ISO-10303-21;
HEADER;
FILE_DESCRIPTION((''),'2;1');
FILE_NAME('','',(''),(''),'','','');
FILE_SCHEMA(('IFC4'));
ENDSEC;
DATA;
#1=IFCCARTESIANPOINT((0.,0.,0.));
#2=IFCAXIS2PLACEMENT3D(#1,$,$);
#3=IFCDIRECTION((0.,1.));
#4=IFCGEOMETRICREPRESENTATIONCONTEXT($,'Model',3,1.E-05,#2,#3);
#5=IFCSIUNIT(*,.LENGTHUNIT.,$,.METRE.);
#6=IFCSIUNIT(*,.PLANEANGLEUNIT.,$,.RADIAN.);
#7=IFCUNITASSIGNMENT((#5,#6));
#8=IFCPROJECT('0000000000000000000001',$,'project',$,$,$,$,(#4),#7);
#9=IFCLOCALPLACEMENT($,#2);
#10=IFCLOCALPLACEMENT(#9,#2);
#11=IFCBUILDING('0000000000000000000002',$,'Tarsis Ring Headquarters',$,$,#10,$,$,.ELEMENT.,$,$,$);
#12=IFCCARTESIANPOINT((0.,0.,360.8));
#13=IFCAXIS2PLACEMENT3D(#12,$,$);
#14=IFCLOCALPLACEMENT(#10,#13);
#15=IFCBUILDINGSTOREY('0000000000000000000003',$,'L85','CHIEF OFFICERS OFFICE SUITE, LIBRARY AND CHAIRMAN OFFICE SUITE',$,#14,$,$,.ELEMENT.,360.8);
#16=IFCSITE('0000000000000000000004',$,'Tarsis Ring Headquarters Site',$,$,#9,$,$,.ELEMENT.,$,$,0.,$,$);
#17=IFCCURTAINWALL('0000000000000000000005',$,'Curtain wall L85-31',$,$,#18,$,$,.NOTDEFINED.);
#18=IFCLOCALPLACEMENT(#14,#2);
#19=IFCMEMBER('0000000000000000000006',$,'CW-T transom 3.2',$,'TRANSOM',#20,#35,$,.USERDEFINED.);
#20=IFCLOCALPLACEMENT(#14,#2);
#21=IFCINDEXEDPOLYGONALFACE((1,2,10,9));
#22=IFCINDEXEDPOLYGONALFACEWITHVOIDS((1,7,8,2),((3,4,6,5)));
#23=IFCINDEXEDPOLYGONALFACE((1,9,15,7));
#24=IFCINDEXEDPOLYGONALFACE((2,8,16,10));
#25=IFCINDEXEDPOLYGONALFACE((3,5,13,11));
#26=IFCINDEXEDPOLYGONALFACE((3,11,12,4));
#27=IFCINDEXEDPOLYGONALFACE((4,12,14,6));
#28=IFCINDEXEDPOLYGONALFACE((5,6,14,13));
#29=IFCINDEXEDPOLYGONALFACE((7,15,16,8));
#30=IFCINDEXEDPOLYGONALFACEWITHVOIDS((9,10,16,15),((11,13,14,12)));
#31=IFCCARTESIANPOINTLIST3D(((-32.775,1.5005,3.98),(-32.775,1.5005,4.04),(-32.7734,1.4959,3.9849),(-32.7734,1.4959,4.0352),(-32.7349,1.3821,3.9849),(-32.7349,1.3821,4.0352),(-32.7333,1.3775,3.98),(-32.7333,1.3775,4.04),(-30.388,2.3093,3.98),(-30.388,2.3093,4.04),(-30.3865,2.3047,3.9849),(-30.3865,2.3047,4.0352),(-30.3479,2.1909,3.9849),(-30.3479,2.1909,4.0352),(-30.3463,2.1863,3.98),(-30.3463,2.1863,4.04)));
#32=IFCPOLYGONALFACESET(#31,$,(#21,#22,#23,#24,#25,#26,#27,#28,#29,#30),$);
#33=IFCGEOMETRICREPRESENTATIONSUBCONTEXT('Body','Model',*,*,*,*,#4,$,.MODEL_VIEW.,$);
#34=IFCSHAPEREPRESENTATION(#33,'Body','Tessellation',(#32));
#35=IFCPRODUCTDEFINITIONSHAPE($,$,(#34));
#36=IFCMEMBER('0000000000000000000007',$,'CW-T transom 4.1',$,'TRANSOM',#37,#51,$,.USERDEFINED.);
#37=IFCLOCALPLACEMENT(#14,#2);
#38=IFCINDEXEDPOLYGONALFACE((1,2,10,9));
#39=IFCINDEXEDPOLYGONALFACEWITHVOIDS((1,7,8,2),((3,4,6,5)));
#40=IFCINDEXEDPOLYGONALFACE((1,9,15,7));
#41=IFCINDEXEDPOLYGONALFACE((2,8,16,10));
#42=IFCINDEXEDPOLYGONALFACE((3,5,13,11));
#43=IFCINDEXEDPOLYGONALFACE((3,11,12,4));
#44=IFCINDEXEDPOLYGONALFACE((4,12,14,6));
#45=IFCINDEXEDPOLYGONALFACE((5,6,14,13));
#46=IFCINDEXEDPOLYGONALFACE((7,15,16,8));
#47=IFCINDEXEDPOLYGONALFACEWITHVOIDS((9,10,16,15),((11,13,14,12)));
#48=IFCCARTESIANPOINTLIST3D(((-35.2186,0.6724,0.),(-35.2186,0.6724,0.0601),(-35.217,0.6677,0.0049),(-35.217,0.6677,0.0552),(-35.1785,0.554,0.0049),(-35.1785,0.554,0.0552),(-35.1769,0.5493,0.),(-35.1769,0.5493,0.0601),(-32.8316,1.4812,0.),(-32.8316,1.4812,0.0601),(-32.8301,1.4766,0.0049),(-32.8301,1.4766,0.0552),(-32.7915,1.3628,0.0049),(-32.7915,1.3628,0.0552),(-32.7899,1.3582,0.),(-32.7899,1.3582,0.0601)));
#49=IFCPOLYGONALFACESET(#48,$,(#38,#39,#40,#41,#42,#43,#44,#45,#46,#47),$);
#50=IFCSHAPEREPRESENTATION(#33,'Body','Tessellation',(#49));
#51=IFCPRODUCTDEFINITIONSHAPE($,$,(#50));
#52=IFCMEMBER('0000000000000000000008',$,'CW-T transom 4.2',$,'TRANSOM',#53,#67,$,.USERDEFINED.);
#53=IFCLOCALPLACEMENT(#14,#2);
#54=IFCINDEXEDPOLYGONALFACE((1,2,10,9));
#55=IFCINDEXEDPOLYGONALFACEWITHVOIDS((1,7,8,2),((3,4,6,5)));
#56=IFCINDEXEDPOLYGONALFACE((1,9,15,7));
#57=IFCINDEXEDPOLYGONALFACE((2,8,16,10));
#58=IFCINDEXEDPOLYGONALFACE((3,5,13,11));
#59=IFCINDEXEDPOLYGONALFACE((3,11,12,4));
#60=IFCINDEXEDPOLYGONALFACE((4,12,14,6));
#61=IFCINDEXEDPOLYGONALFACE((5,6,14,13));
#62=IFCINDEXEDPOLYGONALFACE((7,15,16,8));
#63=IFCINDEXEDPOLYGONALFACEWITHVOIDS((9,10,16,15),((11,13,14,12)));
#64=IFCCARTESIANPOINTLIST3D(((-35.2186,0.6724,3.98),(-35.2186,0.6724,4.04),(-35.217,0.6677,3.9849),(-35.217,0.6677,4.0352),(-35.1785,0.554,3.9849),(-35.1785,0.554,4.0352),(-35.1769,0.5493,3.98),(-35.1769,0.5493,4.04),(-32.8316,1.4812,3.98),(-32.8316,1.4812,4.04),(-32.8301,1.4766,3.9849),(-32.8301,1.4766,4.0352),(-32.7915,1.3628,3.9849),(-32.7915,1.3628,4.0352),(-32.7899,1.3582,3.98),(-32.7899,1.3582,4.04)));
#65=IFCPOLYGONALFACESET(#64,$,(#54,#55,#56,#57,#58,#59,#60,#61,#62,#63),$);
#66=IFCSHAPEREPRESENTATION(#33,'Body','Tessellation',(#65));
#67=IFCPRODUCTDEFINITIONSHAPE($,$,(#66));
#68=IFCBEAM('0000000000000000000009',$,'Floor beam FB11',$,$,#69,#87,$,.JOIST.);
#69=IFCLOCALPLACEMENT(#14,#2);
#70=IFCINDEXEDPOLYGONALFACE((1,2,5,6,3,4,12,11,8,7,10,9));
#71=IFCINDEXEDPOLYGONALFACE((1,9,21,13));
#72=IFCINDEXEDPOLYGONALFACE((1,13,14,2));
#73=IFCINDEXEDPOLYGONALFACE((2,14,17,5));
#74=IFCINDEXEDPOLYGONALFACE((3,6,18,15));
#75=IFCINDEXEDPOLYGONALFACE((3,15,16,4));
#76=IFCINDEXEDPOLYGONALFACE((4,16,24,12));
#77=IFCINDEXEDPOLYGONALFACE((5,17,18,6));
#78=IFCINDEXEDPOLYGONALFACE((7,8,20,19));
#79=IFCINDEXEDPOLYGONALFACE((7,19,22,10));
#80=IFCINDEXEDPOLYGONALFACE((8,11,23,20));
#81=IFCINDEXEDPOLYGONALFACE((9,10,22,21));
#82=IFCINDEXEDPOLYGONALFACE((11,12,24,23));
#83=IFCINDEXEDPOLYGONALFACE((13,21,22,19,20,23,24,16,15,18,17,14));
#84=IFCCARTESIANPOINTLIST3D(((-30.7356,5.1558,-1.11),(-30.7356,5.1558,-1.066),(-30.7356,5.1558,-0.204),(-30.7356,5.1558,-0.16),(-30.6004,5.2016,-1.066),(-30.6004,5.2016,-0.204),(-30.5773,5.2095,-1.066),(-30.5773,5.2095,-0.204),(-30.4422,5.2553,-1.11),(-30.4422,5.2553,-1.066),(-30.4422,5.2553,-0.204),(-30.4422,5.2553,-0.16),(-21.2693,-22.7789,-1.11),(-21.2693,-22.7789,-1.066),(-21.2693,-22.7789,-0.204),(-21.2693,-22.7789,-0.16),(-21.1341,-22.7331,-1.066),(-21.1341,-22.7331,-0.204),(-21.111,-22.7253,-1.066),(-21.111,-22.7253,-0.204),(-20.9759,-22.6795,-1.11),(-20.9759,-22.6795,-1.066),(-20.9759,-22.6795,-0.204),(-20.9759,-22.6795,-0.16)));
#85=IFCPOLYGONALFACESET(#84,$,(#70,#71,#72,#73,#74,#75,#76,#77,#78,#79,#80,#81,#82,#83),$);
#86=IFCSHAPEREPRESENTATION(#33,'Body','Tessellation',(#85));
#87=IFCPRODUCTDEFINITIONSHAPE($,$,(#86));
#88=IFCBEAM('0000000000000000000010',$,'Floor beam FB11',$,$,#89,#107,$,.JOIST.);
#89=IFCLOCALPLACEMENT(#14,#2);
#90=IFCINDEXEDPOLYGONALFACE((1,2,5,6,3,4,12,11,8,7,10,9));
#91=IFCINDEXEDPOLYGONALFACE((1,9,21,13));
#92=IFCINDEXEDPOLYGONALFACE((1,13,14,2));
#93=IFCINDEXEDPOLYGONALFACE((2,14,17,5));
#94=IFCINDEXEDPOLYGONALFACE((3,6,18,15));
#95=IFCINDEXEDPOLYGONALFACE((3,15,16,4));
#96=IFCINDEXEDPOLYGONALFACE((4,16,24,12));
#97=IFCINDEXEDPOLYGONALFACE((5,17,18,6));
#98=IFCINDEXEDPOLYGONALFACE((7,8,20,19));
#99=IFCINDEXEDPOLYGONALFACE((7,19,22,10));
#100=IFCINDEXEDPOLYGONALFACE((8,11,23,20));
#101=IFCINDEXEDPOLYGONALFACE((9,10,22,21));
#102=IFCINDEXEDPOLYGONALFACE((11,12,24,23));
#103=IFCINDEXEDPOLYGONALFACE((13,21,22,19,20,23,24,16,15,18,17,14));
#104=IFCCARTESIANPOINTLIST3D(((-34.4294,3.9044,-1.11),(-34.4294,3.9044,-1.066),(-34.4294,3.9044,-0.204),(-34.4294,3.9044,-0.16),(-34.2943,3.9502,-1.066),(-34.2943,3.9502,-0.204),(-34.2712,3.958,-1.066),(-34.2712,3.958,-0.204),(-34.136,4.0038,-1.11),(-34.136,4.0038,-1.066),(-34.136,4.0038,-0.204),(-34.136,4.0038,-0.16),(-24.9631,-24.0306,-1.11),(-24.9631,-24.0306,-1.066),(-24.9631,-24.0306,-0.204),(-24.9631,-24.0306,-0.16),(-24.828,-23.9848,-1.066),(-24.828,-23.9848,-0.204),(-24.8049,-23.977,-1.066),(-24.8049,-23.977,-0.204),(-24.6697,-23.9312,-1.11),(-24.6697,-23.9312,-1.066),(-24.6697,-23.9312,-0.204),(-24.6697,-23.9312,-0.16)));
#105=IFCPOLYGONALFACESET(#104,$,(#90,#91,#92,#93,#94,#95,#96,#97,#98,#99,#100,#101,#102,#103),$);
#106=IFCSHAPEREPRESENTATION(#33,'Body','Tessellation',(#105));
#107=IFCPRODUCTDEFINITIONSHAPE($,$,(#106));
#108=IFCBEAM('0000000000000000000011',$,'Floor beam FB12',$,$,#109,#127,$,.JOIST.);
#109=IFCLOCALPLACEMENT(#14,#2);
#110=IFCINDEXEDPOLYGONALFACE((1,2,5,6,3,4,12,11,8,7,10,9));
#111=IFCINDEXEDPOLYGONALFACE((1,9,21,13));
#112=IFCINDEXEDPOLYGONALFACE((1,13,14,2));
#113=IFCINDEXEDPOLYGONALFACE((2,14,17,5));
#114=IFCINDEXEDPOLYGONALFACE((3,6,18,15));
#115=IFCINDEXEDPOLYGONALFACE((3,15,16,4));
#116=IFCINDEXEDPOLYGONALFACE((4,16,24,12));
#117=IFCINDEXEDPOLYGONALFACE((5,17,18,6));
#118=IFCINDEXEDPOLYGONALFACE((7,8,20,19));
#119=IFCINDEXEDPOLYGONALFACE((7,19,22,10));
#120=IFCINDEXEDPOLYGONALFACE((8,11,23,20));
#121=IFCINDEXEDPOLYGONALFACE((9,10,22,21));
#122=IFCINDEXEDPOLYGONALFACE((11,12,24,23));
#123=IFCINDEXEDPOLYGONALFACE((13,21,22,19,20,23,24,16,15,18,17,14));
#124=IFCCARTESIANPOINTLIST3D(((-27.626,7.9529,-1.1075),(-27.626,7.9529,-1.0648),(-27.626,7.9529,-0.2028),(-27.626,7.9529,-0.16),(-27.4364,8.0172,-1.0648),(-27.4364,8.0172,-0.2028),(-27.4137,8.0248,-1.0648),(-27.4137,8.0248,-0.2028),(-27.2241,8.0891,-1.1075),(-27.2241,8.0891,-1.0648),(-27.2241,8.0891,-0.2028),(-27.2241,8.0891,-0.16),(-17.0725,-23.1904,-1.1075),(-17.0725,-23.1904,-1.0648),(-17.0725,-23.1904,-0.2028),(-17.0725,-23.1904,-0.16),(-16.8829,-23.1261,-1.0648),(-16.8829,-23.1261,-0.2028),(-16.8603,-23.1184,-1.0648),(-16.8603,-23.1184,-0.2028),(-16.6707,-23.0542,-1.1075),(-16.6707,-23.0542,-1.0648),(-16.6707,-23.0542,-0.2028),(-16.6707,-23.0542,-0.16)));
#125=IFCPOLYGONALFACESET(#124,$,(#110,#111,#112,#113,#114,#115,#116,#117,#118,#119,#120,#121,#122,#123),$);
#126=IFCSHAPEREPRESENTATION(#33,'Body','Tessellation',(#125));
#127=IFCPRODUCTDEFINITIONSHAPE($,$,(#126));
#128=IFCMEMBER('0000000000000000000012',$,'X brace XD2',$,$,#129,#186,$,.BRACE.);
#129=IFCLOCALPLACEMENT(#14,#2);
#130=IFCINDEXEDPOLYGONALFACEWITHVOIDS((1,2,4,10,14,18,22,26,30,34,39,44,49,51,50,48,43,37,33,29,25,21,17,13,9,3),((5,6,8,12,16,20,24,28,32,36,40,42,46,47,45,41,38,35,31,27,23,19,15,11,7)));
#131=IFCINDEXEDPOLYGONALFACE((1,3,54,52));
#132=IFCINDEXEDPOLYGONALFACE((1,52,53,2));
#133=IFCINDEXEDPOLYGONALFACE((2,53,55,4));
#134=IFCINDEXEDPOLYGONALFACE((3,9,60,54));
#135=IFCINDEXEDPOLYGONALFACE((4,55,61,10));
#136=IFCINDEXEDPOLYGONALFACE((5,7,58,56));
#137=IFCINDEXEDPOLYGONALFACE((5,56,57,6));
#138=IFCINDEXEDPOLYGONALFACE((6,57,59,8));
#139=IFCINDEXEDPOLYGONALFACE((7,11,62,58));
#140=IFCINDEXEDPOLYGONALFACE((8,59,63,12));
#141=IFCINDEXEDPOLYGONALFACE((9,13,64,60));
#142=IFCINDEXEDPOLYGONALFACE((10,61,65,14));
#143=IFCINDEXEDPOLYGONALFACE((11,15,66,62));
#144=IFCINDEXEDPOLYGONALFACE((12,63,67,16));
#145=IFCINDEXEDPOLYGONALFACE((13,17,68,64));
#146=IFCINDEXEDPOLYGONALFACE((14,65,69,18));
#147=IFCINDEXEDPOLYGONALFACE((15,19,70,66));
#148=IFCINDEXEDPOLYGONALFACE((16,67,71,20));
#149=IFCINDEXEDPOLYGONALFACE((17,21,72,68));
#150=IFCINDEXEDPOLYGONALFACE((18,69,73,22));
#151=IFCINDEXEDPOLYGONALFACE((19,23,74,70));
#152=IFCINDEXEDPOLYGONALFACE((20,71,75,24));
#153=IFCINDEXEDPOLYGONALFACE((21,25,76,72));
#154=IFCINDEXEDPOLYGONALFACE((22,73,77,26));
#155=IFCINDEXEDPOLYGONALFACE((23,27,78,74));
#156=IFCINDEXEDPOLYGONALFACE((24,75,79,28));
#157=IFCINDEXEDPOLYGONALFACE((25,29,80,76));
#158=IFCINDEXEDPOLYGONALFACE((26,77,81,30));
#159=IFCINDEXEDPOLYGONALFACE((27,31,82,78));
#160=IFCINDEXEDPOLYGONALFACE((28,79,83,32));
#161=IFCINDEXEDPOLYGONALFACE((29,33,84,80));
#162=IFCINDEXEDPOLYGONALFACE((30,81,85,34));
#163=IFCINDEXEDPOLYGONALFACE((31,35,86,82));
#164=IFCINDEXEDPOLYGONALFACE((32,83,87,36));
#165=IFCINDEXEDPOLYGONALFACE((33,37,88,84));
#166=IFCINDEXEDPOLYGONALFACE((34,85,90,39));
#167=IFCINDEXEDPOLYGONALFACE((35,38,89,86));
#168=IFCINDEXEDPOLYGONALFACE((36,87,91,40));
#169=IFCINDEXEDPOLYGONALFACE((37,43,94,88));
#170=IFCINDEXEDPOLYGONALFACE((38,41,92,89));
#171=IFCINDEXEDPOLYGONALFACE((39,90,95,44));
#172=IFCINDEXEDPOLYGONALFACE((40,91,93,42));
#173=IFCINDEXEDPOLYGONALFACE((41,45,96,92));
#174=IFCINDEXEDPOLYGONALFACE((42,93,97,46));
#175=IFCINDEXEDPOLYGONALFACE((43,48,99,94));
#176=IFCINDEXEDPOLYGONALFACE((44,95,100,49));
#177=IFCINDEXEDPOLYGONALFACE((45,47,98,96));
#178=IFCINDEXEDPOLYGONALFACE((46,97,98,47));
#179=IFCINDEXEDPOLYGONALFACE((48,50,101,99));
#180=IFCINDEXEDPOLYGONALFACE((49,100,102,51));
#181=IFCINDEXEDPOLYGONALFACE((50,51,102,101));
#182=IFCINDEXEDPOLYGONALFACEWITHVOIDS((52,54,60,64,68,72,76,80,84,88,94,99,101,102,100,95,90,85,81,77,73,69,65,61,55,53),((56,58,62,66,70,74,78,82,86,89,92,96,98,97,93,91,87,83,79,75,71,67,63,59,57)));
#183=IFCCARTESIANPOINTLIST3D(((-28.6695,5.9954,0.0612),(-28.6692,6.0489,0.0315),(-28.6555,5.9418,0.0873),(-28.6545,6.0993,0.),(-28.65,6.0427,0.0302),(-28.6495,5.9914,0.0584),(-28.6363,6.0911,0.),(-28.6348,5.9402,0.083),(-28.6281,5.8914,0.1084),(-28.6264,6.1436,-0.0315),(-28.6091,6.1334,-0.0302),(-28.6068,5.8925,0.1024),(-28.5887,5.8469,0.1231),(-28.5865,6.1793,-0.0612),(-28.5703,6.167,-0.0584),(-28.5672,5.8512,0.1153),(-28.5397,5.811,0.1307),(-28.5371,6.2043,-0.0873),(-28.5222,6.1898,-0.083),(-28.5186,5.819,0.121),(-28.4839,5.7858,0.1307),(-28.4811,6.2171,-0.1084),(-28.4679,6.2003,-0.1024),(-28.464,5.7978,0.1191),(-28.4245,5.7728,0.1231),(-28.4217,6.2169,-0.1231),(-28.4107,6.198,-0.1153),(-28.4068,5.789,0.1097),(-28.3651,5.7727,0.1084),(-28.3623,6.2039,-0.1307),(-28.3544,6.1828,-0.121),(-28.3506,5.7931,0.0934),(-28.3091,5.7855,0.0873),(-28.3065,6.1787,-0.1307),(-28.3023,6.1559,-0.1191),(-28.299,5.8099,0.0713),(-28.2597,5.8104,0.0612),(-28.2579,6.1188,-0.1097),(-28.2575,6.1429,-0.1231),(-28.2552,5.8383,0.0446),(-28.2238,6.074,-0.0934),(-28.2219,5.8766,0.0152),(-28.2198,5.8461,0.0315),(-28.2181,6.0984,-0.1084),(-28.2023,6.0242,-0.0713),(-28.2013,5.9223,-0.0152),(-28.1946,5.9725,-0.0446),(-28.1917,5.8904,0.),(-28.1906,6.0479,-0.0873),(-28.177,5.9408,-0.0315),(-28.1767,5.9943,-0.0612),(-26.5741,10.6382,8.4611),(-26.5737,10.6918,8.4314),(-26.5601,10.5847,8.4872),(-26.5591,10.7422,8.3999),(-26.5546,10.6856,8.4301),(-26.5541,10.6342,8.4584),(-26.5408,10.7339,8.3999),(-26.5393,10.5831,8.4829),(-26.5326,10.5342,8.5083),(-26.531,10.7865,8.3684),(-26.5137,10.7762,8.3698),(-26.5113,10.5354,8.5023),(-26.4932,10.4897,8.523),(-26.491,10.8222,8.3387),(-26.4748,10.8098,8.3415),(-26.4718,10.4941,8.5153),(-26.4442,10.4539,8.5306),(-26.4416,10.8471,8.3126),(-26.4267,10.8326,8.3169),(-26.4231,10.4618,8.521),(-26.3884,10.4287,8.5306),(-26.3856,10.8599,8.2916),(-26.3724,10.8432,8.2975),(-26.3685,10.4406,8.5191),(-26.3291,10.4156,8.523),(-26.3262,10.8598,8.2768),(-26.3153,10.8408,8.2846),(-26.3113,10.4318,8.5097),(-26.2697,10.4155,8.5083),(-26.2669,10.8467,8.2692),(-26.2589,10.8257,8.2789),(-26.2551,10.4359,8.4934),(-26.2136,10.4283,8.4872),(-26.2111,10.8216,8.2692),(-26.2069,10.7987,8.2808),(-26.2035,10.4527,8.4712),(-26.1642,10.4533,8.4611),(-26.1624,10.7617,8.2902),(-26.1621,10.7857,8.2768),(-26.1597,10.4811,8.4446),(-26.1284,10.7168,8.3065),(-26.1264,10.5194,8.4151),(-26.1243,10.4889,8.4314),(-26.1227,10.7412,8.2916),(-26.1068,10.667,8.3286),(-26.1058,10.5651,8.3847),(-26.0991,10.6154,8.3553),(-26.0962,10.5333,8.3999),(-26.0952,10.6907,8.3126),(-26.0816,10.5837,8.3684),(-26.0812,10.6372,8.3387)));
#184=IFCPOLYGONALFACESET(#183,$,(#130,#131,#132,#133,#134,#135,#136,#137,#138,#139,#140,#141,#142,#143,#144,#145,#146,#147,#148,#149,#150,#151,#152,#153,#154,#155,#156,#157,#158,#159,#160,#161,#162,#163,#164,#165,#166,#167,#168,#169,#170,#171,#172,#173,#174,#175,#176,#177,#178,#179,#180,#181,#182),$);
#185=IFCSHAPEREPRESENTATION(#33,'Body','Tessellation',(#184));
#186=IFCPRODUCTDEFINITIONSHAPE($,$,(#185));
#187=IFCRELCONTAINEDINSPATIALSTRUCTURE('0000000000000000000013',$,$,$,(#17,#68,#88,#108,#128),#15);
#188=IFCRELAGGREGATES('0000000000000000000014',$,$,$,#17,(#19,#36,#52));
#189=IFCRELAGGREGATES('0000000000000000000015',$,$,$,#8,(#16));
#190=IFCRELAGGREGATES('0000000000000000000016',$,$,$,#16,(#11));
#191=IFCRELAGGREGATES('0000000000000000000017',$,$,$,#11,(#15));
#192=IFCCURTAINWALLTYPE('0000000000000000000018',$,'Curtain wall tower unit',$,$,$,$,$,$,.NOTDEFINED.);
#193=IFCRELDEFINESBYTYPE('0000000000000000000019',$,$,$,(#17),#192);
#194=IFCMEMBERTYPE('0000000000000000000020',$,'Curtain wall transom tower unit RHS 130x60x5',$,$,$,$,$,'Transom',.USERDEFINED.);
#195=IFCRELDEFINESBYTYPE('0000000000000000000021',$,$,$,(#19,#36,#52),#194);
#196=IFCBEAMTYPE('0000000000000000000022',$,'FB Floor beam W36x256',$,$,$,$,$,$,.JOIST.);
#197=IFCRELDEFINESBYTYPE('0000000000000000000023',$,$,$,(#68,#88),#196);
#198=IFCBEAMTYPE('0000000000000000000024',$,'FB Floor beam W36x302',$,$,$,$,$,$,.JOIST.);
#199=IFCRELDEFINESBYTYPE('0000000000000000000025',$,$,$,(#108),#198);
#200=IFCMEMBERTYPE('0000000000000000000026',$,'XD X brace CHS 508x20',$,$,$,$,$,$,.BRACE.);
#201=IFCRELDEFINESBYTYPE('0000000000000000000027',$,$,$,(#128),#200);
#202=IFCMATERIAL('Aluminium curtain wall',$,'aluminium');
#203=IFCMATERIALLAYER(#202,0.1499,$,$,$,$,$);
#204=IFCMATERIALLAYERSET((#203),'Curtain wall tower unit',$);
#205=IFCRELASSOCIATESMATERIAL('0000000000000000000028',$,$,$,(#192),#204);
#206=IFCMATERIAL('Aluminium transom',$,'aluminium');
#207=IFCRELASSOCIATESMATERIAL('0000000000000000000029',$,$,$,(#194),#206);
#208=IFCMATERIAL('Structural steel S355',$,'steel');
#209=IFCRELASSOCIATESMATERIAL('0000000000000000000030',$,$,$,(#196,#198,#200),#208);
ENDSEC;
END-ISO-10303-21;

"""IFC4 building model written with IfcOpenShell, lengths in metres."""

from ifc_helpers import new_model, si_unit, direction, frame, origin, origin_2d, place, context, subcontext, project, spatial, hollow_rectangle, hollow_circle, i_section, extrude, material, layer, layer_set, material_profile, profile_set, type_object, element, aggregate, save


model = new_model("IFC4")

# Units and contexts
model_context = context("Model", 3, precision=1e-05, world=origin(), true_north=direction((0.0, 1.0)))
body_context = subcontext(model_context, "Body", "Model", "MODEL_VIEW")
ifc_project = project(units=[si_unit("LENGTHUNIT", "METRE"), si_unit("PLANEANGLEUNIT", "RADIAN")], contexts=[model_context])

# Site, building, storey
site_placement = place(None, origin())
site = spatial("IfcSite", under=ifc_project, at=site_placement, Name="Tarsis Ring Headquarters Site", CompositionType="ELEMENT", RefElevation=0.0)
building_placement = place(site_placement, origin())
building = spatial("IfcBuilding", under=site, at=building_placement, Name="Tarsis Ring Headquarters", CompositionType="ELEMENT")
storey_placement = place(building_placement, frame((0.0, 0.0, 360.8)))
storey = spatial("IfcBuildingStorey", under=building, at=storey_placement, Name="L85", Description="CHIEF OFFICERS OFFICE SUITE, LIBRARY AND CHAIRMAN OFFICE SUITE", CompositionType="ELEMENT", Elevation=360.8)

# Shared definitions
ifc_material_1 = material(Name="Structural steel S355", Category="steel")

# Curtain wall, members
ifc_material_2 = material(Name="Aluminium curtain wall", Category="aluminium")
ifc_layer_1 = layer(ifc_material_2, 0.1499)
ifc_layer_set_1 = layer_set([ifc_layer_1], Name="Curtain wall tower unit")
curtain_wall_type = type_object("IfcCurtainWallType", Name="Curtain wall tower unit", PredefinedType="NOTDEFINED", material=ifc_layer_set_1)
curtain_wall_placement = place(storey_placement, origin())
curtain_wall = element("IfcCurtainWall", 1, at=curtain_wall_placement, inside=storey, type_object=curtain_wall_type, Name="Curtain wall L85-31", PredefinedType="NOTDEFINED")
ifc_material_3 = material(Name="Aluminium transom", Category="aluminium")
ifc_material_profile_1 = material_profile(ifc_material_3, hollow_rectangle(XDim=0.1299, YDim=0.0601, WallThickness=0.0049, at=origin_2d()), Name="RHS 130x60x5")
ifc_profile_set_1 = profile_set([ifc_material_profile_1], Name="Aluminium transom")
member_type_1 = type_object("IfcMemberType", Name="Curtain wall transom tower unit RHS 130x60x5", ElementType="Transom", PredefinedType="USERDEFINED", material=ifc_profile_set_1)
member_1_placement = place(storey_placement, frame((-30.3672, 2.2478, 4.01), z_axis=(-0.947102, -0.320932, 0.0), x_axis=(0.320932, -0.947102, 0.0)))
member_1 = element("IfcMember", 2, at=member_1_placement, type_object=member_type_1, Name="CW-T transom 3.2", ObjectType="TRANSOM", PredefinedType="USERDEFINED", context=body_context, shape_type="SweptSolid", body=[
    extrude(hollow_rectangle(XDim=0.1299, YDim=0.0601, WallThickness=0.0049, at=origin_2d()), origin(), (0.0, 0.0, 1.0), 2.5203),
])
member_2_placement = place(storey_placement, frame((-32.8108, 1.4197, 0.03), z_axis=(-0.947102, -0.320932, 0.0), x_axis=(0.320932, -0.947102, 0.0)))
member_2 = element("IfcMember", 3, at=member_2_placement, type_object=member_type_1, Name="CW-T transom 4.1", ObjectType="TRANSOM", PredefinedType="USERDEFINED", context=body_context, shape_type="SweptSolid", body=[
    extrude(hollow_rectangle(XDim=0.1299, YDim=0.0601, WallThickness=0.0049, at=origin_2d()), origin(), (0.0, 0.0, 1.0), 2.5203),
])
member_3_placement = place(storey_placement, frame((-32.8108, 1.4197, 4.01), z_axis=(-0.947102, -0.320932, 0.0), x_axis=(0.320932, -0.947102, 0.0)))
member_3 = element("IfcMember", 4, at=member_3_placement, type_object=member_type_1, Name="CW-T transom 4.2", ObjectType="TRANSOM", PredefinedType="USERDEFINED", context=body_context, shape_type="SweptSolid", body=[
    extrude(hollow_rectangle(XDim=0.1299, YDim=0.0601, WallThickness=0.0049, at=origin_2d()), origin(), (0.0, 0.0, 1.0), 2.5203),
])

# Beams
ifc_material_profile_2 = material_profile(ifc_material_1, i_section(OverallWidth=0.3098, OverallDepth=0.95, WebThickness=0.0244, FlangeThickness=0.0439, at=origin_2d()), Name="W36x256")
ifc_profile_set_2 = profile_set([ifc_material_profile_2], Name="Structural steel S355")
beam_type_1 = type_object("IfcBeamType", Name="FB Floor beam W36x256", PredefinedType="JOIST", material=ifc_profile_set_2)
beam_1_placement = place(storey_placement, frame((-30.5889, 5.2056, -0.635), z_axis=(0.320944, -0.947098, 0.0), x_axis=(0.947098, 0.320944, 0.0)))
element("IfcBeam", 5, at=beam_1_placement, inside=storey, type_object=beam_type_1, Name="Floor beam FB11", PredefinedType="JOIST", context=body_context, shape_type="SweptSolid", body=[
    extrude(i_section(OverallWidth=0.3098, OverallDepth=0.95, WebThickness=0.0244, FlangeThickness=0.0439, at=origin_2d()), origin(), (0.0, 0.0, 1.0), 29.4951),
])
beam_2_placement = place(storey_placement, frame((-34.2827, 3.9541, -0.635), z_axis=(0.320942, -0.947099, 0.0), x_axis=(0.947099, 0.320942, 0.0)))
element("IfcBeam", 6, at=beam_2_placement, inside=storey, type_object=beam_type_1, Name="Floor beam FB11", PredefinedType="JOIST", context=body_context, shape_type="SweptSolid", body=[
    extrude(i_section(OverallWidth=0.3098, OverallDepth=0.95, WebThickness=0.0244, FlangeThickness=0.0439, at=origin_2d()), origin(), (0.0, 0.0, 1.0), 29.4954),
])
ifc_material_profile_3 = material_profile(ifc_material_1, i_section(OverallWidth=0.4243, OverallDepth=0.9475, WebThickness=0.0239, FlangeThickness=0.0427, at=origin_2d()), Name="W36x302")
ifc_profile_set_3 = profile_set([ifc_material_profile_3], Name="Structural steel S355")
beam_type_2 = type_object("IfcBeamType", Name="FB Floor beam W36x302", PredefinedType="JOIST", material=ifc_profile_set_3)
beam_3_placement = place(storey_placement, frame((-27.425, 8.021, -0.6338), z_axis=(0.320941, -0.947099, 0.0), x_axis=(0.947099, 0.320941, 0.0)))
element("IfcBeam", 7, at=beam_3_placement, inside=storey, type_object=beam_type_2, Name="Floor beam FB12", PredefinedType="JOIST", context=body_context, shape_type="SweptSolid", body=[
    extrude(i_section(OverallWidth=0.4243, OverallDepth=0.9475, WebThickness=0.0239, FlangeThickness=0.0427, at=origin_2d()), origin(), (0.0, 0.0, 1.0), 32.8828),
])

# Member
ifc_material_profile_4 = material_profile(ifc_material_1, hollow_circle(Radius=0.2539, WallThickness=0.02, at=origin_2d()), Name="CHS 508x20")
ifc_profile_set_4 = profile_set([ifc_material_profile_4], Name="Structural steel S355")
member_type_2 = type_object("IfcMemberType", Name="XD X brace CHS 508x20", PredefinedType="BRACE", material=ifc_profile_set_4)
member_4_placement = place(storey_placement, frame((-28.4231, 5.9949, 0.0), z_axis=(0.213306, 0.472614, 0.855065), x_axis=(-0.911466, 0.411375, 0.0)))
element("IfcMember", 8, at=member_4_placement, inside=storey, type_object=member_type_2, Name="X brace XD2", PredefinedType="BRACE", context=body_context, shape_type="SweptSolid", body=[
    extrude(hollow_circle(Radius=0.2539, WallThickness=0.02, at=origin_2d()), origin(), (0.0, 0.0, 1.0), 9.8237),
])

aggregate(curtain_wall, [member_1, member_2, member_3])

save(model, "model.ifc")
